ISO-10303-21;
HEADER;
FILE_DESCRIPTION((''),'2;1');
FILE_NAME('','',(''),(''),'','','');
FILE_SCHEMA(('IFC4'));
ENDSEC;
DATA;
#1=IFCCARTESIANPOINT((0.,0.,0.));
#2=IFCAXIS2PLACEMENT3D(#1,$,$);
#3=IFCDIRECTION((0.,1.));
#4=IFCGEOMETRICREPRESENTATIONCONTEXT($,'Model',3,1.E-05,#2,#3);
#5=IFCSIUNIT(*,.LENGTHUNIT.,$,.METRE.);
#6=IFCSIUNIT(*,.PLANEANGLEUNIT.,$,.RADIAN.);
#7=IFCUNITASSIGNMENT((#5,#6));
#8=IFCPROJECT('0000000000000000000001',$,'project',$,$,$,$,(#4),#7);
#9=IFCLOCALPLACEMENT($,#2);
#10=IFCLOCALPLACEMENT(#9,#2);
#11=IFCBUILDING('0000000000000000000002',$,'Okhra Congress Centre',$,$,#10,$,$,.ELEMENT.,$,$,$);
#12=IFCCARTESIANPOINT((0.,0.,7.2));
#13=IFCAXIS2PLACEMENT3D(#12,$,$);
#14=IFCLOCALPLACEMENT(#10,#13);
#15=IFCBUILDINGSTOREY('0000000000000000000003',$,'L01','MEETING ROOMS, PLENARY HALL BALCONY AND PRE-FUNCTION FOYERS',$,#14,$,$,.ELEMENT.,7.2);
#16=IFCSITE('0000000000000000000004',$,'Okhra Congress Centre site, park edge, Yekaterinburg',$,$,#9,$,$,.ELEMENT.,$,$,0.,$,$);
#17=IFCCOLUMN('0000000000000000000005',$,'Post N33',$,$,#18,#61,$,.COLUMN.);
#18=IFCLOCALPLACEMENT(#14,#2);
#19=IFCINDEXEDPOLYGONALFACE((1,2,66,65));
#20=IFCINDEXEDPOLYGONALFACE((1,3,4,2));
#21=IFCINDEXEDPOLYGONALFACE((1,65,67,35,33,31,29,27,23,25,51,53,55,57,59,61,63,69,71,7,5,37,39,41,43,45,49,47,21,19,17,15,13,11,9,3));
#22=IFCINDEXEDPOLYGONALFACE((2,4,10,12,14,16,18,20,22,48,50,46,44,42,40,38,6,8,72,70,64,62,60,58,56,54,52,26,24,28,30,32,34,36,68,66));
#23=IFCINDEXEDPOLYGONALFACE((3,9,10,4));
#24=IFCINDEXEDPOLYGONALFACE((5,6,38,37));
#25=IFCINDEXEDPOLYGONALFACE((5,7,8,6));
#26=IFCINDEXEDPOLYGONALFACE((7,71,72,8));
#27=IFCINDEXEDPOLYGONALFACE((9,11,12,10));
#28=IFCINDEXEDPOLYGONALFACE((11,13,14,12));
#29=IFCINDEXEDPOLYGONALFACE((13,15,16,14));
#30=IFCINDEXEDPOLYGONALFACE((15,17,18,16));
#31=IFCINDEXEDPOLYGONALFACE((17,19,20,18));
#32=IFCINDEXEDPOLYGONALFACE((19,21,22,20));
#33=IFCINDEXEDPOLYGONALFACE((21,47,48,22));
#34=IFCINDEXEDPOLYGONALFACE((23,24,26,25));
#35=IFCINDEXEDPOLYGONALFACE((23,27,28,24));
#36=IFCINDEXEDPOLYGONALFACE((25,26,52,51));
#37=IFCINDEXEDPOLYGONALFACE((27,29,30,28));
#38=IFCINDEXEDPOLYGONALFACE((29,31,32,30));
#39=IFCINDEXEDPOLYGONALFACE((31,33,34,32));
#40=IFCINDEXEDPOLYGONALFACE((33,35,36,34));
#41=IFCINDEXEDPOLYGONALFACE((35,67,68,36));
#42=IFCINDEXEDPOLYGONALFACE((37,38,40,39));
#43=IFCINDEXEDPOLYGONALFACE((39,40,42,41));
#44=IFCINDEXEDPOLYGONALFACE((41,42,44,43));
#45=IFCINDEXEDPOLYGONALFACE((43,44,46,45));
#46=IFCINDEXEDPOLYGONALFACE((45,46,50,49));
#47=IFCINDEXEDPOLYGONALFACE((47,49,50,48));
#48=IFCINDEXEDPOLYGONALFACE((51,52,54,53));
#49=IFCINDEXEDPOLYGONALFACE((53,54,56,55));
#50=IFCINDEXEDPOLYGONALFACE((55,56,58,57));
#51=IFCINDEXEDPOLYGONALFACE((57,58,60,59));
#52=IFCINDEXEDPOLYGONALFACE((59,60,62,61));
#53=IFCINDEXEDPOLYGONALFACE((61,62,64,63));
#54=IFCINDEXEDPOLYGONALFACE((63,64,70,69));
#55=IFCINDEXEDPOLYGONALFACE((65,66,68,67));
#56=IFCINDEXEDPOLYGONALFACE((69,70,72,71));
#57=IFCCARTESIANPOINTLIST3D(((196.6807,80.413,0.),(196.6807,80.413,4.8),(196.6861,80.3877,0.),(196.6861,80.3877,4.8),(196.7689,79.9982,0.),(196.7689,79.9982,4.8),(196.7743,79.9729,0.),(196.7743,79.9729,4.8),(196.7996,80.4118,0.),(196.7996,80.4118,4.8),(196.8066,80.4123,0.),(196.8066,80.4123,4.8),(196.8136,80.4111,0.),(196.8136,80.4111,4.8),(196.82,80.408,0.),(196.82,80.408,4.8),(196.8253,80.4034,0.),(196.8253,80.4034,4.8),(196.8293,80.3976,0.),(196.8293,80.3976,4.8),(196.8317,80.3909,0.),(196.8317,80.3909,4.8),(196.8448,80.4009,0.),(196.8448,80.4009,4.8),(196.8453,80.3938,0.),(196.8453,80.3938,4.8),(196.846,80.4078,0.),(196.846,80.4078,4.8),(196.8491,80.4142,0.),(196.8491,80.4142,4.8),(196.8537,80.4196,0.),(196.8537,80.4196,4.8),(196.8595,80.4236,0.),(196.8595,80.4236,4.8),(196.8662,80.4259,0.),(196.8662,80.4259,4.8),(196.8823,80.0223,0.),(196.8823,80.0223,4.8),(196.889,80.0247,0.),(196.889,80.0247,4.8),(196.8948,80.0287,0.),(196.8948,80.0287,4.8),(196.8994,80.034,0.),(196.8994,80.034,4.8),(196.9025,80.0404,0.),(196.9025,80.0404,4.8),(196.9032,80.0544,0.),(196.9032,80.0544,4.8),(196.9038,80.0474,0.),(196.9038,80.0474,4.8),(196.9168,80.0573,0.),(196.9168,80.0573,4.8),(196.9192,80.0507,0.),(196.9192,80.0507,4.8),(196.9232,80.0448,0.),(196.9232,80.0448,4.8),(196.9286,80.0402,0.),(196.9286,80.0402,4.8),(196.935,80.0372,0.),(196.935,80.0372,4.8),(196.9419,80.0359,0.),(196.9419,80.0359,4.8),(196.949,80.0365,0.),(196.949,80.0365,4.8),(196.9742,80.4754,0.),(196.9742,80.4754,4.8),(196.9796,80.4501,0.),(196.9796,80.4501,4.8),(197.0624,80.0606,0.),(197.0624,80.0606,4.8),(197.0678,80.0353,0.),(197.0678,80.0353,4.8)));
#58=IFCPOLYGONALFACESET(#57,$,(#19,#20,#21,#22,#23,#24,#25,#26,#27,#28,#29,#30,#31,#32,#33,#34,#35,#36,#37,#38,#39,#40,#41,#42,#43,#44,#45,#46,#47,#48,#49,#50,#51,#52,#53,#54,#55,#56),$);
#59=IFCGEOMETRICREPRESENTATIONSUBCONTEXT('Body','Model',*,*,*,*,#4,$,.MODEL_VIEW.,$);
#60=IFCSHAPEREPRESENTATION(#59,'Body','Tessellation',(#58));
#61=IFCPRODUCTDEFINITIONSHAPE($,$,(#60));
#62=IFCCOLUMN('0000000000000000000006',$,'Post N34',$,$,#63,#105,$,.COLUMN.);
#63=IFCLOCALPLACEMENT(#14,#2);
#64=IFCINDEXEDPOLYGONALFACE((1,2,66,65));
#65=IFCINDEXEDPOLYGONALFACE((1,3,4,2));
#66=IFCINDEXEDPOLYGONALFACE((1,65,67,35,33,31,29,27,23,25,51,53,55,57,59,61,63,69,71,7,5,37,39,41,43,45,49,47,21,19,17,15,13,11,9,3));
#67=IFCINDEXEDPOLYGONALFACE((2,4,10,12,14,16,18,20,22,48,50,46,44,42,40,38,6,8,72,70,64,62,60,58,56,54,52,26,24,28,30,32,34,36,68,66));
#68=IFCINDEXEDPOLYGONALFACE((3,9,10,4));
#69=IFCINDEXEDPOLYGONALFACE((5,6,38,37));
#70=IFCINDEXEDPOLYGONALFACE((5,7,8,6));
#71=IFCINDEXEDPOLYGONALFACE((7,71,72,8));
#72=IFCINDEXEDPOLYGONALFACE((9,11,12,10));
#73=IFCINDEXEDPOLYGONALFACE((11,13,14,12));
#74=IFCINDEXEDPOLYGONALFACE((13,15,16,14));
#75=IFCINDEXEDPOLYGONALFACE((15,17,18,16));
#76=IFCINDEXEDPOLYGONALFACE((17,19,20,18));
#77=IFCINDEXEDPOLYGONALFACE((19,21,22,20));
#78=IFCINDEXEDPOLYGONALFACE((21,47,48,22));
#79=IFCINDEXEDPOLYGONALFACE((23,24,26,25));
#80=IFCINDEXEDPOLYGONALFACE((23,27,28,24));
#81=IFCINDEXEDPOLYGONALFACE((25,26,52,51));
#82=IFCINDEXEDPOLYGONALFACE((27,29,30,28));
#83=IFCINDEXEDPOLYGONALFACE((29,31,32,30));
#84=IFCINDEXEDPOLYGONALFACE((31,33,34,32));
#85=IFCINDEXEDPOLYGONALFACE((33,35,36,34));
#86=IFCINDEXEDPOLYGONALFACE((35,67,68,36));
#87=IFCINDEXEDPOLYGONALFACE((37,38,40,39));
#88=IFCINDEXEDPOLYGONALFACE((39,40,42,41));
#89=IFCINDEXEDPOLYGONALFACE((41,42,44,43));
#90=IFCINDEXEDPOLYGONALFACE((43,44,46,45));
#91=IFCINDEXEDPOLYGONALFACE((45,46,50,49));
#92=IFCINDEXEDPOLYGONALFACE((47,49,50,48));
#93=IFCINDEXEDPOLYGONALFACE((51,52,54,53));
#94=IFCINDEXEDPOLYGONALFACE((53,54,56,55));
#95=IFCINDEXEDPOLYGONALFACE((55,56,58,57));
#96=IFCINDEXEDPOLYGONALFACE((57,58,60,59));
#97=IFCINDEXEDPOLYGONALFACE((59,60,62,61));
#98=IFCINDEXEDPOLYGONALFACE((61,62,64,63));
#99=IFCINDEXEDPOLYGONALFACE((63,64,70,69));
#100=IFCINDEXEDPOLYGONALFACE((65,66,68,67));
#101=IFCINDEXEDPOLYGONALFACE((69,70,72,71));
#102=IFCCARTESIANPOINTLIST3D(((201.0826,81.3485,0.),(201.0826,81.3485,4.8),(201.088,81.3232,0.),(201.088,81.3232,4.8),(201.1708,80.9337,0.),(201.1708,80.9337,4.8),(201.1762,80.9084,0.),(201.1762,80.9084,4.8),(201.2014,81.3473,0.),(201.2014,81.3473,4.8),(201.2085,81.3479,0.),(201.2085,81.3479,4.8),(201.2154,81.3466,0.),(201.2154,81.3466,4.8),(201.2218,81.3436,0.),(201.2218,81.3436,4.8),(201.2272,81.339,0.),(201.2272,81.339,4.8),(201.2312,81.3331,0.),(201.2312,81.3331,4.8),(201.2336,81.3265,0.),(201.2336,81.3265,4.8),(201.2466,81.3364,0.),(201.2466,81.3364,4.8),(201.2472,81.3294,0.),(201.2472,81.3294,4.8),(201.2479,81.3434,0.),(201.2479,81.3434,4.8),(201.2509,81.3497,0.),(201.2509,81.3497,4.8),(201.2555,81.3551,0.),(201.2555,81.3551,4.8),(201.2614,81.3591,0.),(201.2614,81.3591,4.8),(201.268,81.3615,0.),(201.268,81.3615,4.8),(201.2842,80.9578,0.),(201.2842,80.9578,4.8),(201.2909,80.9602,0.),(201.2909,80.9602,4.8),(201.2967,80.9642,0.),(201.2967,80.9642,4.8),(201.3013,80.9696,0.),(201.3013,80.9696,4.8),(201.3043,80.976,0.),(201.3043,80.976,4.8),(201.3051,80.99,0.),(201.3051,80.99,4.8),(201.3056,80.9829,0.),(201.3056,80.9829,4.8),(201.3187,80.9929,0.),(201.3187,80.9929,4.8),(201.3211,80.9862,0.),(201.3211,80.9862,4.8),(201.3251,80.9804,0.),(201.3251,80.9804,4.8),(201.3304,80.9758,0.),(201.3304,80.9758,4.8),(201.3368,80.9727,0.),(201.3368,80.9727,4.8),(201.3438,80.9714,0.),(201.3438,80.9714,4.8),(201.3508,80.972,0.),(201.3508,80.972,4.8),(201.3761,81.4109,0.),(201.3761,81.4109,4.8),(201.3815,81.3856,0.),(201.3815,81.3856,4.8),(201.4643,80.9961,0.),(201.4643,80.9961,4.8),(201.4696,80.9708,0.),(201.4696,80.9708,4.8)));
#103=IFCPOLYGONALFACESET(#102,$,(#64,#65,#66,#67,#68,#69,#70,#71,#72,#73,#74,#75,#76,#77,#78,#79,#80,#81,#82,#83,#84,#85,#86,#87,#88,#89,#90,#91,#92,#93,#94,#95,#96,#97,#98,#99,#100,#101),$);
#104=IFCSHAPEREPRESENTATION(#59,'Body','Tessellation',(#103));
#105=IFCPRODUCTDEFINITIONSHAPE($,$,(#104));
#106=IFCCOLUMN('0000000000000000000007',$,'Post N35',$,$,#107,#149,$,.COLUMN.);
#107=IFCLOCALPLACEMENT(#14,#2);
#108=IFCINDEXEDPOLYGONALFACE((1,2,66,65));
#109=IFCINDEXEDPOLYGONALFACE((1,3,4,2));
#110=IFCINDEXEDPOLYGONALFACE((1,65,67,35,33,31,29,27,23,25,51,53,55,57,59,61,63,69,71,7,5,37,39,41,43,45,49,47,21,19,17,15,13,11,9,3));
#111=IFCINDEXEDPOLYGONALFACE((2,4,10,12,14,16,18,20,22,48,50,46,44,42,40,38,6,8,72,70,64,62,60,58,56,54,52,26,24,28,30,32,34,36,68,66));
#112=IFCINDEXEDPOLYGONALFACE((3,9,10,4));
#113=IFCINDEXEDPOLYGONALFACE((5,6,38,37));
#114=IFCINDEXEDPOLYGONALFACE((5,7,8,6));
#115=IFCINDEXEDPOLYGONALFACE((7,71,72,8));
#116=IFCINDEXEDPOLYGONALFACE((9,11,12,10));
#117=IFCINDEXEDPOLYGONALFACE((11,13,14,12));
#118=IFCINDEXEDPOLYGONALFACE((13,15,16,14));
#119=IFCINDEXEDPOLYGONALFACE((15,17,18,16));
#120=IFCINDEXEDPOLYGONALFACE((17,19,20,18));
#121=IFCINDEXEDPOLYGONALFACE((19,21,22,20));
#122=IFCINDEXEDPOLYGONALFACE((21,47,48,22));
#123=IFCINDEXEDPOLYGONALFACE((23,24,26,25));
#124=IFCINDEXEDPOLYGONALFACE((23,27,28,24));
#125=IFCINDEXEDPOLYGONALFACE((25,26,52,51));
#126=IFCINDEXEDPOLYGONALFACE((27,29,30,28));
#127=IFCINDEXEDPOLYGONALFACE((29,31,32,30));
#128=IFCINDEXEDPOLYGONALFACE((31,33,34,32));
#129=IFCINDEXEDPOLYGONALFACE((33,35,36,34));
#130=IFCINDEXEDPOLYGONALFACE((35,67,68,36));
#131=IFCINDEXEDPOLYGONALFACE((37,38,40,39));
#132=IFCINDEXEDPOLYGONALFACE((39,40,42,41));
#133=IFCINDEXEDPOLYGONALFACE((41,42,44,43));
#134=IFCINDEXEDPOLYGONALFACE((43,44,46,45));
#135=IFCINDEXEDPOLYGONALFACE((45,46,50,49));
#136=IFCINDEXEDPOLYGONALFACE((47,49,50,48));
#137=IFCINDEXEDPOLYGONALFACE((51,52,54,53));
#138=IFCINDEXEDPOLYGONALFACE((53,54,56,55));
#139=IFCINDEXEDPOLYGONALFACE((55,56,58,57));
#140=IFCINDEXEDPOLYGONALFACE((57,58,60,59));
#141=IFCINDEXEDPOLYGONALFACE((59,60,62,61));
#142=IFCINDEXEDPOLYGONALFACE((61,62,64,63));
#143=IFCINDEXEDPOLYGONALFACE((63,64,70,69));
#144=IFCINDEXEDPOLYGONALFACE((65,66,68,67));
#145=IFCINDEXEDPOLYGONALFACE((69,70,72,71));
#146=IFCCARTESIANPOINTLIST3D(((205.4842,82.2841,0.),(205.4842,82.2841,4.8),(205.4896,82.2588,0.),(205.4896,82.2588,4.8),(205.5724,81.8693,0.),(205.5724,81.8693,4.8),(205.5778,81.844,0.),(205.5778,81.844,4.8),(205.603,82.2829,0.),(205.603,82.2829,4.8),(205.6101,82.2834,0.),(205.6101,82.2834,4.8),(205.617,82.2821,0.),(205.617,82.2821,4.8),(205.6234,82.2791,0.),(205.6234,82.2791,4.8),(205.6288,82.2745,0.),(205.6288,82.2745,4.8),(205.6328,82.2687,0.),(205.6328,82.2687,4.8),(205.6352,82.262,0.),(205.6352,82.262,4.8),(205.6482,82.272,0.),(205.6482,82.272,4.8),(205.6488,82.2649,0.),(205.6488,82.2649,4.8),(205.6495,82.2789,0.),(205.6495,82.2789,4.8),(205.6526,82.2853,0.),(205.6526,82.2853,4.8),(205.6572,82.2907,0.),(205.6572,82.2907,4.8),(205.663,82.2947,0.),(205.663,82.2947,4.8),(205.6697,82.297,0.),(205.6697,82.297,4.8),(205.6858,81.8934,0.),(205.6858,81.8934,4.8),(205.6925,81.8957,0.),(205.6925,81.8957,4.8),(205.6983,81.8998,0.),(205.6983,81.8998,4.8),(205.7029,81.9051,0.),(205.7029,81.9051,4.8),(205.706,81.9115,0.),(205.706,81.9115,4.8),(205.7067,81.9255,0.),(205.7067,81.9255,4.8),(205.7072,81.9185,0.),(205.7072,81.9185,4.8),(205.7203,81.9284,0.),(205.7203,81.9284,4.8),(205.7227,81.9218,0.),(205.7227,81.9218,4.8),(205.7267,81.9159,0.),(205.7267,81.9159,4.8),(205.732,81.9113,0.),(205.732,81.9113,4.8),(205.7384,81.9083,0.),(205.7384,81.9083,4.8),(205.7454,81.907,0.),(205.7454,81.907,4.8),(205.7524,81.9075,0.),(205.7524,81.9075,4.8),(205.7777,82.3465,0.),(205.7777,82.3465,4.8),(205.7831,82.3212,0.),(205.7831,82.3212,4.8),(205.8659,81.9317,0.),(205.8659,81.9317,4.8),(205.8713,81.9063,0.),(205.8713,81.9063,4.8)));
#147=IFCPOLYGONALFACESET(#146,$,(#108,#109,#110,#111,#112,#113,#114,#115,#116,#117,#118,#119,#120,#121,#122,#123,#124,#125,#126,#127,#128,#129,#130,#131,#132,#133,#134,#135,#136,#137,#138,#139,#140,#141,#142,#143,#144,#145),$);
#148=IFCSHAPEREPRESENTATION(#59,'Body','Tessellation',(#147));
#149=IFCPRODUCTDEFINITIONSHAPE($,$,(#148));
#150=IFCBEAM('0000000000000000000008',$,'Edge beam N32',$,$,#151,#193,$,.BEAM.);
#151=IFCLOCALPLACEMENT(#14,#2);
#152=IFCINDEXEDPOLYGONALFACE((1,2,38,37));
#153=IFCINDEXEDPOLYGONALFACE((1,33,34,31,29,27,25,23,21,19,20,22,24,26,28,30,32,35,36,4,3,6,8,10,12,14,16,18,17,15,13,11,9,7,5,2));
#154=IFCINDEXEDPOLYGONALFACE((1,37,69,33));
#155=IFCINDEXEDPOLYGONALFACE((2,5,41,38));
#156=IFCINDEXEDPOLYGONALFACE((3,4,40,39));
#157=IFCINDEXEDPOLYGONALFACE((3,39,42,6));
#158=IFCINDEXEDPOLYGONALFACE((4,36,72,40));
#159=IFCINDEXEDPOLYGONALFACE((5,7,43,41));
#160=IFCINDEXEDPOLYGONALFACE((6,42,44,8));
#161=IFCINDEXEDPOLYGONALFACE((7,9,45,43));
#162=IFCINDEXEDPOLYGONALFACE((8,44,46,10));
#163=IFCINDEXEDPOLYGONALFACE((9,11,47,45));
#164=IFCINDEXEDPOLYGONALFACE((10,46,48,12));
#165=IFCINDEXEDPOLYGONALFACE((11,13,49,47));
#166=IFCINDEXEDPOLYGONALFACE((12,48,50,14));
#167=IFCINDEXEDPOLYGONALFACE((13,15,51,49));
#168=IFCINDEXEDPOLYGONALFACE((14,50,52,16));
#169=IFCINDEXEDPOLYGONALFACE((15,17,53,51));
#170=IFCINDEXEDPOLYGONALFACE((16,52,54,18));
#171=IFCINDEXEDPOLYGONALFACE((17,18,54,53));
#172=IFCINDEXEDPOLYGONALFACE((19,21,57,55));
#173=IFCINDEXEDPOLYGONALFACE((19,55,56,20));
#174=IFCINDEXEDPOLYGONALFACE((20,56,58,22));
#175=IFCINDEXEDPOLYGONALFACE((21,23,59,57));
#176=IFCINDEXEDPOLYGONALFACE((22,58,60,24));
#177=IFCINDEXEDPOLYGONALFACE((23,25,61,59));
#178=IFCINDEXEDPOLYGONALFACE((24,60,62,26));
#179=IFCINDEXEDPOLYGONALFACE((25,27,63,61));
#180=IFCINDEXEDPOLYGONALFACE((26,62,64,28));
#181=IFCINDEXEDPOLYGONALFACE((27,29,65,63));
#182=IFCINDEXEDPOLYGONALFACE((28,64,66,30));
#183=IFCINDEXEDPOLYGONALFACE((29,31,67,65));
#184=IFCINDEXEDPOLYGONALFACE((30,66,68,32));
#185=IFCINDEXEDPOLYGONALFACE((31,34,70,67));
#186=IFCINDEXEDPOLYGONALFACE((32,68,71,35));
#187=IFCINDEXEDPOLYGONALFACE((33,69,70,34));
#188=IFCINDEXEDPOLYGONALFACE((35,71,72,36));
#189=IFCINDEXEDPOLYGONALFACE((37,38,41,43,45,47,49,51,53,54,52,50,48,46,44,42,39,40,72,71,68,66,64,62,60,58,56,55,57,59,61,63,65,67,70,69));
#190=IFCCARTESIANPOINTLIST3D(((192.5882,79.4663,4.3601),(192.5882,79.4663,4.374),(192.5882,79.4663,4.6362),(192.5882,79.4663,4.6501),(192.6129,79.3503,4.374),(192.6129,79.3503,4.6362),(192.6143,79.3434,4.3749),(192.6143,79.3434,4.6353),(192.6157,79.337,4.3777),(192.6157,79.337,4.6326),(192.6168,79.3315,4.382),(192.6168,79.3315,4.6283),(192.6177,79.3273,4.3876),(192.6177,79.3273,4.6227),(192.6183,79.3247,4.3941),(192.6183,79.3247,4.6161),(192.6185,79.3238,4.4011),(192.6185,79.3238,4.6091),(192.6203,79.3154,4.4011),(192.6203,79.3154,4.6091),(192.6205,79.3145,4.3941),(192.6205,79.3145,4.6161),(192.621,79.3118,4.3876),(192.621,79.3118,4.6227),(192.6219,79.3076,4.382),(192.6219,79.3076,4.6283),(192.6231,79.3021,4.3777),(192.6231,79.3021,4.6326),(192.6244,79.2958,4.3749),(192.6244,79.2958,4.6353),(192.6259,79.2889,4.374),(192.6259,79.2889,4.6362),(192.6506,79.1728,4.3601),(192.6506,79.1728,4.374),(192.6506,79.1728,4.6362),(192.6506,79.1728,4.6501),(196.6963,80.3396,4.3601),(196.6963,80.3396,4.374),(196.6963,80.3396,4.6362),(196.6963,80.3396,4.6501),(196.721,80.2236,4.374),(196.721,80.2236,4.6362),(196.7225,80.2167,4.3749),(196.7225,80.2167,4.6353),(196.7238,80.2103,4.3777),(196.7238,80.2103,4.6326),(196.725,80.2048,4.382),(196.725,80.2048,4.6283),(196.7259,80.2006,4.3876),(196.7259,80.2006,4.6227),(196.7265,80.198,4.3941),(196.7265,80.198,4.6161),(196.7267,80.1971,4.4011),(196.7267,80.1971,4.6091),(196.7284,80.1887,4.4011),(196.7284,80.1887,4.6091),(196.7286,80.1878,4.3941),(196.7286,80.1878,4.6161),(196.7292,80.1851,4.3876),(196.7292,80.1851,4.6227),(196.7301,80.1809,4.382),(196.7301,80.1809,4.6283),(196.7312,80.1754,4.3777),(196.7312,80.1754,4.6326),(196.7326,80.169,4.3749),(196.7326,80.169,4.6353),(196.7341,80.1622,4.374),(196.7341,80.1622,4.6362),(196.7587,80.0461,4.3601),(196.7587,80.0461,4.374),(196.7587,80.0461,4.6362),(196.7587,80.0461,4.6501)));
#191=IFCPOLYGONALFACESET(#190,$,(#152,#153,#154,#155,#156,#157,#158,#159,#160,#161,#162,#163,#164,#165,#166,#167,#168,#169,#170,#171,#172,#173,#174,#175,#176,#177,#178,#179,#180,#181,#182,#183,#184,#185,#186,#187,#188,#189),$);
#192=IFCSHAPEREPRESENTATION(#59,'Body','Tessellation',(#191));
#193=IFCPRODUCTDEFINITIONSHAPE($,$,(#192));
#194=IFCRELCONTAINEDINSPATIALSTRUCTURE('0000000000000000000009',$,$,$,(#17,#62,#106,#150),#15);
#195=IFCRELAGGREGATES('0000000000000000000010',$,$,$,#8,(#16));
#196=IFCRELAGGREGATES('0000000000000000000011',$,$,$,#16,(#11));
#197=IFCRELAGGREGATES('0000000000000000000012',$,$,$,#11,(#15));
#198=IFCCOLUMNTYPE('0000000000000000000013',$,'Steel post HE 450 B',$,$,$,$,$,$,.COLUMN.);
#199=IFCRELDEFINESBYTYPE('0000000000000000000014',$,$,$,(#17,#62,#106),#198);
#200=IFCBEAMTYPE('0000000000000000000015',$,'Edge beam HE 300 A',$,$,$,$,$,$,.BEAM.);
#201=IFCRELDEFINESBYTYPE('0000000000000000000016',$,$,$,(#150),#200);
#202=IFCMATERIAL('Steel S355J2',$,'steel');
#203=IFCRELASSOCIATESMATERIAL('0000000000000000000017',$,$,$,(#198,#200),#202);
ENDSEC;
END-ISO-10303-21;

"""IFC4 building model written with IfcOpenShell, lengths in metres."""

from ifc_helpers import new_model, si_unit, direction, frame, origin, origin_2d, place, context, subcontext, project, spatial, i_section, extrude, material, material_profile, profile_set, type_object, element, save


model = new_model("IFC4")

# Units and contexts
model_context = context("Model", 3, precision=1e-05, world=origin(), true_north=direction((0.0, 1.0)))
body_context = subcontext(model_context, "Body", "Model", "MODEL_VIEW")
ifc_project = project(units=[si_unit("LENGTHUNIT", "METRE"), si_unit("PLANEANGLEUNIT", "RADIAN")], contexts=[model_context])

# Site, building, storey
site_placement = place(None, origin())
site = spatial("IfcSite", under=ifc_project, at=site_placement, Name="Okhra Congress Centre site, park edge, Yekaterinburg", CompositionType="ELEMENT", RefElevation=0.0)
building_placement = place(site_placement, origin())
building = spatial("IfcBuilding", under=site, at=building_placement, Name="Okhra Congress Centre", CompositionType="ELEMENT")
storey_placement = place(building_placement, frame((0.0, 0.0, 7.2)))
storey = spatial("IfcBuildingStorey", under=building, at=storey_placement, Name="L01", Description="MEETING ROOMS, PLENARY HALL BALCONY AND PRE-FUNCTION FOYERS", CompositionType="ELEMENT", Elevation=7.2)

# Columns
ifc_material_1 = material(Name="Steel S355J2", Category="steel")
ifc_material_profile_1 = material_profile(ifc_material_1, i_section(OverallWidth=0.3, OverallDepth=0.45, WebThickness=0.0139, FlangeThickness=0.0259, FilletRadius=0.0271, at=origin_2d()), Name="HE 450 B")
ifc_profile_set_1 = profile_set([ifc_material_profile_1], Name="Steel S355J2")
column_type = type_object("IfcColumnType", Name="Steel post HE 450 B", PredefinedType="COLUMN", material=ifc_profile_set_1)
for number, where, z_axis, x_axis, name in (
    (1, (196.8743, 80.2241, 0.0), (0.0, 0.0, 1.0), (0.978148, 0.207912, 0.0), "Post N33"),
    (2, (201.2761, 81.1597, 0.0), (0.0, 0.0, 1.0), (0.978148, 0.207912, 0.0), "Post N34"),
    (3, (205.6777, 82.0952, 0.0), (0.0, 0.0, 1.0), (0.978148, 0.207912, 0.0), "Post N35"),
):
    element("IfcColumn", number, at=place(storey_placement, frame(where, z_axis=z_axis, x_axis=x_axis)), inside=storey, type_object=column_type, Name=name, PredefinedType="COLUMN", context=body_context, shape_type="SweptSolid", body=[
        extrude(i_section(OverallWidth=0.3, OverallDepth=0.45, WebThickness=0.0139, FlangeThickness=0.0259, FilletRadius=0.0271, at=origin_2d()), origin(), (0.0, 0.0, 1.0), 4.8),
    ])

# Beam
ifc_material_profile_2 = material_profile(ifc_material_1, i_section(OverallWidth=0.3, OverallDepth=0.29, WebThickness=0.0085, FlangeThickness=0.0139, FilletRadius=0.0271, at=origin_2d()), Name="HE 300 A")
ifc_profile_set_2 = profile_set([ifc_material_profile_2], Name="Steel S355J2")
beam_type_1 = type_object("IfcBeamType", Name="Edge beam HE 300 A", PredefinedType="BEAM", material=ifc_profile_set_2)
beam_1_placement = place(storey_placement, frame((192.6194, 79.3196, 4.5051), z_axis=(0.978144, 0.207929, 0.0), x_axis=(-0.207929, 0.978144, 0.0)))
element("IfcBeam", 4, at=beam_1_placement, inside=storey, type_object=beam_type_1, Name="Edge beam N32", PredefinedType="BEAM", context=body_context, shape_type="SweptSolid", body=[
    extrude(i_section(OverallWidth=0.3, OverallDepth=0.29, WebThickness=0.0085, FlangeThickness=0.0139, FilletRadius=0.0271, at=origin_2d()), origin(), (0.0, 0.0, 1.0), 4.2),
])

save(model, "model.ifc")
